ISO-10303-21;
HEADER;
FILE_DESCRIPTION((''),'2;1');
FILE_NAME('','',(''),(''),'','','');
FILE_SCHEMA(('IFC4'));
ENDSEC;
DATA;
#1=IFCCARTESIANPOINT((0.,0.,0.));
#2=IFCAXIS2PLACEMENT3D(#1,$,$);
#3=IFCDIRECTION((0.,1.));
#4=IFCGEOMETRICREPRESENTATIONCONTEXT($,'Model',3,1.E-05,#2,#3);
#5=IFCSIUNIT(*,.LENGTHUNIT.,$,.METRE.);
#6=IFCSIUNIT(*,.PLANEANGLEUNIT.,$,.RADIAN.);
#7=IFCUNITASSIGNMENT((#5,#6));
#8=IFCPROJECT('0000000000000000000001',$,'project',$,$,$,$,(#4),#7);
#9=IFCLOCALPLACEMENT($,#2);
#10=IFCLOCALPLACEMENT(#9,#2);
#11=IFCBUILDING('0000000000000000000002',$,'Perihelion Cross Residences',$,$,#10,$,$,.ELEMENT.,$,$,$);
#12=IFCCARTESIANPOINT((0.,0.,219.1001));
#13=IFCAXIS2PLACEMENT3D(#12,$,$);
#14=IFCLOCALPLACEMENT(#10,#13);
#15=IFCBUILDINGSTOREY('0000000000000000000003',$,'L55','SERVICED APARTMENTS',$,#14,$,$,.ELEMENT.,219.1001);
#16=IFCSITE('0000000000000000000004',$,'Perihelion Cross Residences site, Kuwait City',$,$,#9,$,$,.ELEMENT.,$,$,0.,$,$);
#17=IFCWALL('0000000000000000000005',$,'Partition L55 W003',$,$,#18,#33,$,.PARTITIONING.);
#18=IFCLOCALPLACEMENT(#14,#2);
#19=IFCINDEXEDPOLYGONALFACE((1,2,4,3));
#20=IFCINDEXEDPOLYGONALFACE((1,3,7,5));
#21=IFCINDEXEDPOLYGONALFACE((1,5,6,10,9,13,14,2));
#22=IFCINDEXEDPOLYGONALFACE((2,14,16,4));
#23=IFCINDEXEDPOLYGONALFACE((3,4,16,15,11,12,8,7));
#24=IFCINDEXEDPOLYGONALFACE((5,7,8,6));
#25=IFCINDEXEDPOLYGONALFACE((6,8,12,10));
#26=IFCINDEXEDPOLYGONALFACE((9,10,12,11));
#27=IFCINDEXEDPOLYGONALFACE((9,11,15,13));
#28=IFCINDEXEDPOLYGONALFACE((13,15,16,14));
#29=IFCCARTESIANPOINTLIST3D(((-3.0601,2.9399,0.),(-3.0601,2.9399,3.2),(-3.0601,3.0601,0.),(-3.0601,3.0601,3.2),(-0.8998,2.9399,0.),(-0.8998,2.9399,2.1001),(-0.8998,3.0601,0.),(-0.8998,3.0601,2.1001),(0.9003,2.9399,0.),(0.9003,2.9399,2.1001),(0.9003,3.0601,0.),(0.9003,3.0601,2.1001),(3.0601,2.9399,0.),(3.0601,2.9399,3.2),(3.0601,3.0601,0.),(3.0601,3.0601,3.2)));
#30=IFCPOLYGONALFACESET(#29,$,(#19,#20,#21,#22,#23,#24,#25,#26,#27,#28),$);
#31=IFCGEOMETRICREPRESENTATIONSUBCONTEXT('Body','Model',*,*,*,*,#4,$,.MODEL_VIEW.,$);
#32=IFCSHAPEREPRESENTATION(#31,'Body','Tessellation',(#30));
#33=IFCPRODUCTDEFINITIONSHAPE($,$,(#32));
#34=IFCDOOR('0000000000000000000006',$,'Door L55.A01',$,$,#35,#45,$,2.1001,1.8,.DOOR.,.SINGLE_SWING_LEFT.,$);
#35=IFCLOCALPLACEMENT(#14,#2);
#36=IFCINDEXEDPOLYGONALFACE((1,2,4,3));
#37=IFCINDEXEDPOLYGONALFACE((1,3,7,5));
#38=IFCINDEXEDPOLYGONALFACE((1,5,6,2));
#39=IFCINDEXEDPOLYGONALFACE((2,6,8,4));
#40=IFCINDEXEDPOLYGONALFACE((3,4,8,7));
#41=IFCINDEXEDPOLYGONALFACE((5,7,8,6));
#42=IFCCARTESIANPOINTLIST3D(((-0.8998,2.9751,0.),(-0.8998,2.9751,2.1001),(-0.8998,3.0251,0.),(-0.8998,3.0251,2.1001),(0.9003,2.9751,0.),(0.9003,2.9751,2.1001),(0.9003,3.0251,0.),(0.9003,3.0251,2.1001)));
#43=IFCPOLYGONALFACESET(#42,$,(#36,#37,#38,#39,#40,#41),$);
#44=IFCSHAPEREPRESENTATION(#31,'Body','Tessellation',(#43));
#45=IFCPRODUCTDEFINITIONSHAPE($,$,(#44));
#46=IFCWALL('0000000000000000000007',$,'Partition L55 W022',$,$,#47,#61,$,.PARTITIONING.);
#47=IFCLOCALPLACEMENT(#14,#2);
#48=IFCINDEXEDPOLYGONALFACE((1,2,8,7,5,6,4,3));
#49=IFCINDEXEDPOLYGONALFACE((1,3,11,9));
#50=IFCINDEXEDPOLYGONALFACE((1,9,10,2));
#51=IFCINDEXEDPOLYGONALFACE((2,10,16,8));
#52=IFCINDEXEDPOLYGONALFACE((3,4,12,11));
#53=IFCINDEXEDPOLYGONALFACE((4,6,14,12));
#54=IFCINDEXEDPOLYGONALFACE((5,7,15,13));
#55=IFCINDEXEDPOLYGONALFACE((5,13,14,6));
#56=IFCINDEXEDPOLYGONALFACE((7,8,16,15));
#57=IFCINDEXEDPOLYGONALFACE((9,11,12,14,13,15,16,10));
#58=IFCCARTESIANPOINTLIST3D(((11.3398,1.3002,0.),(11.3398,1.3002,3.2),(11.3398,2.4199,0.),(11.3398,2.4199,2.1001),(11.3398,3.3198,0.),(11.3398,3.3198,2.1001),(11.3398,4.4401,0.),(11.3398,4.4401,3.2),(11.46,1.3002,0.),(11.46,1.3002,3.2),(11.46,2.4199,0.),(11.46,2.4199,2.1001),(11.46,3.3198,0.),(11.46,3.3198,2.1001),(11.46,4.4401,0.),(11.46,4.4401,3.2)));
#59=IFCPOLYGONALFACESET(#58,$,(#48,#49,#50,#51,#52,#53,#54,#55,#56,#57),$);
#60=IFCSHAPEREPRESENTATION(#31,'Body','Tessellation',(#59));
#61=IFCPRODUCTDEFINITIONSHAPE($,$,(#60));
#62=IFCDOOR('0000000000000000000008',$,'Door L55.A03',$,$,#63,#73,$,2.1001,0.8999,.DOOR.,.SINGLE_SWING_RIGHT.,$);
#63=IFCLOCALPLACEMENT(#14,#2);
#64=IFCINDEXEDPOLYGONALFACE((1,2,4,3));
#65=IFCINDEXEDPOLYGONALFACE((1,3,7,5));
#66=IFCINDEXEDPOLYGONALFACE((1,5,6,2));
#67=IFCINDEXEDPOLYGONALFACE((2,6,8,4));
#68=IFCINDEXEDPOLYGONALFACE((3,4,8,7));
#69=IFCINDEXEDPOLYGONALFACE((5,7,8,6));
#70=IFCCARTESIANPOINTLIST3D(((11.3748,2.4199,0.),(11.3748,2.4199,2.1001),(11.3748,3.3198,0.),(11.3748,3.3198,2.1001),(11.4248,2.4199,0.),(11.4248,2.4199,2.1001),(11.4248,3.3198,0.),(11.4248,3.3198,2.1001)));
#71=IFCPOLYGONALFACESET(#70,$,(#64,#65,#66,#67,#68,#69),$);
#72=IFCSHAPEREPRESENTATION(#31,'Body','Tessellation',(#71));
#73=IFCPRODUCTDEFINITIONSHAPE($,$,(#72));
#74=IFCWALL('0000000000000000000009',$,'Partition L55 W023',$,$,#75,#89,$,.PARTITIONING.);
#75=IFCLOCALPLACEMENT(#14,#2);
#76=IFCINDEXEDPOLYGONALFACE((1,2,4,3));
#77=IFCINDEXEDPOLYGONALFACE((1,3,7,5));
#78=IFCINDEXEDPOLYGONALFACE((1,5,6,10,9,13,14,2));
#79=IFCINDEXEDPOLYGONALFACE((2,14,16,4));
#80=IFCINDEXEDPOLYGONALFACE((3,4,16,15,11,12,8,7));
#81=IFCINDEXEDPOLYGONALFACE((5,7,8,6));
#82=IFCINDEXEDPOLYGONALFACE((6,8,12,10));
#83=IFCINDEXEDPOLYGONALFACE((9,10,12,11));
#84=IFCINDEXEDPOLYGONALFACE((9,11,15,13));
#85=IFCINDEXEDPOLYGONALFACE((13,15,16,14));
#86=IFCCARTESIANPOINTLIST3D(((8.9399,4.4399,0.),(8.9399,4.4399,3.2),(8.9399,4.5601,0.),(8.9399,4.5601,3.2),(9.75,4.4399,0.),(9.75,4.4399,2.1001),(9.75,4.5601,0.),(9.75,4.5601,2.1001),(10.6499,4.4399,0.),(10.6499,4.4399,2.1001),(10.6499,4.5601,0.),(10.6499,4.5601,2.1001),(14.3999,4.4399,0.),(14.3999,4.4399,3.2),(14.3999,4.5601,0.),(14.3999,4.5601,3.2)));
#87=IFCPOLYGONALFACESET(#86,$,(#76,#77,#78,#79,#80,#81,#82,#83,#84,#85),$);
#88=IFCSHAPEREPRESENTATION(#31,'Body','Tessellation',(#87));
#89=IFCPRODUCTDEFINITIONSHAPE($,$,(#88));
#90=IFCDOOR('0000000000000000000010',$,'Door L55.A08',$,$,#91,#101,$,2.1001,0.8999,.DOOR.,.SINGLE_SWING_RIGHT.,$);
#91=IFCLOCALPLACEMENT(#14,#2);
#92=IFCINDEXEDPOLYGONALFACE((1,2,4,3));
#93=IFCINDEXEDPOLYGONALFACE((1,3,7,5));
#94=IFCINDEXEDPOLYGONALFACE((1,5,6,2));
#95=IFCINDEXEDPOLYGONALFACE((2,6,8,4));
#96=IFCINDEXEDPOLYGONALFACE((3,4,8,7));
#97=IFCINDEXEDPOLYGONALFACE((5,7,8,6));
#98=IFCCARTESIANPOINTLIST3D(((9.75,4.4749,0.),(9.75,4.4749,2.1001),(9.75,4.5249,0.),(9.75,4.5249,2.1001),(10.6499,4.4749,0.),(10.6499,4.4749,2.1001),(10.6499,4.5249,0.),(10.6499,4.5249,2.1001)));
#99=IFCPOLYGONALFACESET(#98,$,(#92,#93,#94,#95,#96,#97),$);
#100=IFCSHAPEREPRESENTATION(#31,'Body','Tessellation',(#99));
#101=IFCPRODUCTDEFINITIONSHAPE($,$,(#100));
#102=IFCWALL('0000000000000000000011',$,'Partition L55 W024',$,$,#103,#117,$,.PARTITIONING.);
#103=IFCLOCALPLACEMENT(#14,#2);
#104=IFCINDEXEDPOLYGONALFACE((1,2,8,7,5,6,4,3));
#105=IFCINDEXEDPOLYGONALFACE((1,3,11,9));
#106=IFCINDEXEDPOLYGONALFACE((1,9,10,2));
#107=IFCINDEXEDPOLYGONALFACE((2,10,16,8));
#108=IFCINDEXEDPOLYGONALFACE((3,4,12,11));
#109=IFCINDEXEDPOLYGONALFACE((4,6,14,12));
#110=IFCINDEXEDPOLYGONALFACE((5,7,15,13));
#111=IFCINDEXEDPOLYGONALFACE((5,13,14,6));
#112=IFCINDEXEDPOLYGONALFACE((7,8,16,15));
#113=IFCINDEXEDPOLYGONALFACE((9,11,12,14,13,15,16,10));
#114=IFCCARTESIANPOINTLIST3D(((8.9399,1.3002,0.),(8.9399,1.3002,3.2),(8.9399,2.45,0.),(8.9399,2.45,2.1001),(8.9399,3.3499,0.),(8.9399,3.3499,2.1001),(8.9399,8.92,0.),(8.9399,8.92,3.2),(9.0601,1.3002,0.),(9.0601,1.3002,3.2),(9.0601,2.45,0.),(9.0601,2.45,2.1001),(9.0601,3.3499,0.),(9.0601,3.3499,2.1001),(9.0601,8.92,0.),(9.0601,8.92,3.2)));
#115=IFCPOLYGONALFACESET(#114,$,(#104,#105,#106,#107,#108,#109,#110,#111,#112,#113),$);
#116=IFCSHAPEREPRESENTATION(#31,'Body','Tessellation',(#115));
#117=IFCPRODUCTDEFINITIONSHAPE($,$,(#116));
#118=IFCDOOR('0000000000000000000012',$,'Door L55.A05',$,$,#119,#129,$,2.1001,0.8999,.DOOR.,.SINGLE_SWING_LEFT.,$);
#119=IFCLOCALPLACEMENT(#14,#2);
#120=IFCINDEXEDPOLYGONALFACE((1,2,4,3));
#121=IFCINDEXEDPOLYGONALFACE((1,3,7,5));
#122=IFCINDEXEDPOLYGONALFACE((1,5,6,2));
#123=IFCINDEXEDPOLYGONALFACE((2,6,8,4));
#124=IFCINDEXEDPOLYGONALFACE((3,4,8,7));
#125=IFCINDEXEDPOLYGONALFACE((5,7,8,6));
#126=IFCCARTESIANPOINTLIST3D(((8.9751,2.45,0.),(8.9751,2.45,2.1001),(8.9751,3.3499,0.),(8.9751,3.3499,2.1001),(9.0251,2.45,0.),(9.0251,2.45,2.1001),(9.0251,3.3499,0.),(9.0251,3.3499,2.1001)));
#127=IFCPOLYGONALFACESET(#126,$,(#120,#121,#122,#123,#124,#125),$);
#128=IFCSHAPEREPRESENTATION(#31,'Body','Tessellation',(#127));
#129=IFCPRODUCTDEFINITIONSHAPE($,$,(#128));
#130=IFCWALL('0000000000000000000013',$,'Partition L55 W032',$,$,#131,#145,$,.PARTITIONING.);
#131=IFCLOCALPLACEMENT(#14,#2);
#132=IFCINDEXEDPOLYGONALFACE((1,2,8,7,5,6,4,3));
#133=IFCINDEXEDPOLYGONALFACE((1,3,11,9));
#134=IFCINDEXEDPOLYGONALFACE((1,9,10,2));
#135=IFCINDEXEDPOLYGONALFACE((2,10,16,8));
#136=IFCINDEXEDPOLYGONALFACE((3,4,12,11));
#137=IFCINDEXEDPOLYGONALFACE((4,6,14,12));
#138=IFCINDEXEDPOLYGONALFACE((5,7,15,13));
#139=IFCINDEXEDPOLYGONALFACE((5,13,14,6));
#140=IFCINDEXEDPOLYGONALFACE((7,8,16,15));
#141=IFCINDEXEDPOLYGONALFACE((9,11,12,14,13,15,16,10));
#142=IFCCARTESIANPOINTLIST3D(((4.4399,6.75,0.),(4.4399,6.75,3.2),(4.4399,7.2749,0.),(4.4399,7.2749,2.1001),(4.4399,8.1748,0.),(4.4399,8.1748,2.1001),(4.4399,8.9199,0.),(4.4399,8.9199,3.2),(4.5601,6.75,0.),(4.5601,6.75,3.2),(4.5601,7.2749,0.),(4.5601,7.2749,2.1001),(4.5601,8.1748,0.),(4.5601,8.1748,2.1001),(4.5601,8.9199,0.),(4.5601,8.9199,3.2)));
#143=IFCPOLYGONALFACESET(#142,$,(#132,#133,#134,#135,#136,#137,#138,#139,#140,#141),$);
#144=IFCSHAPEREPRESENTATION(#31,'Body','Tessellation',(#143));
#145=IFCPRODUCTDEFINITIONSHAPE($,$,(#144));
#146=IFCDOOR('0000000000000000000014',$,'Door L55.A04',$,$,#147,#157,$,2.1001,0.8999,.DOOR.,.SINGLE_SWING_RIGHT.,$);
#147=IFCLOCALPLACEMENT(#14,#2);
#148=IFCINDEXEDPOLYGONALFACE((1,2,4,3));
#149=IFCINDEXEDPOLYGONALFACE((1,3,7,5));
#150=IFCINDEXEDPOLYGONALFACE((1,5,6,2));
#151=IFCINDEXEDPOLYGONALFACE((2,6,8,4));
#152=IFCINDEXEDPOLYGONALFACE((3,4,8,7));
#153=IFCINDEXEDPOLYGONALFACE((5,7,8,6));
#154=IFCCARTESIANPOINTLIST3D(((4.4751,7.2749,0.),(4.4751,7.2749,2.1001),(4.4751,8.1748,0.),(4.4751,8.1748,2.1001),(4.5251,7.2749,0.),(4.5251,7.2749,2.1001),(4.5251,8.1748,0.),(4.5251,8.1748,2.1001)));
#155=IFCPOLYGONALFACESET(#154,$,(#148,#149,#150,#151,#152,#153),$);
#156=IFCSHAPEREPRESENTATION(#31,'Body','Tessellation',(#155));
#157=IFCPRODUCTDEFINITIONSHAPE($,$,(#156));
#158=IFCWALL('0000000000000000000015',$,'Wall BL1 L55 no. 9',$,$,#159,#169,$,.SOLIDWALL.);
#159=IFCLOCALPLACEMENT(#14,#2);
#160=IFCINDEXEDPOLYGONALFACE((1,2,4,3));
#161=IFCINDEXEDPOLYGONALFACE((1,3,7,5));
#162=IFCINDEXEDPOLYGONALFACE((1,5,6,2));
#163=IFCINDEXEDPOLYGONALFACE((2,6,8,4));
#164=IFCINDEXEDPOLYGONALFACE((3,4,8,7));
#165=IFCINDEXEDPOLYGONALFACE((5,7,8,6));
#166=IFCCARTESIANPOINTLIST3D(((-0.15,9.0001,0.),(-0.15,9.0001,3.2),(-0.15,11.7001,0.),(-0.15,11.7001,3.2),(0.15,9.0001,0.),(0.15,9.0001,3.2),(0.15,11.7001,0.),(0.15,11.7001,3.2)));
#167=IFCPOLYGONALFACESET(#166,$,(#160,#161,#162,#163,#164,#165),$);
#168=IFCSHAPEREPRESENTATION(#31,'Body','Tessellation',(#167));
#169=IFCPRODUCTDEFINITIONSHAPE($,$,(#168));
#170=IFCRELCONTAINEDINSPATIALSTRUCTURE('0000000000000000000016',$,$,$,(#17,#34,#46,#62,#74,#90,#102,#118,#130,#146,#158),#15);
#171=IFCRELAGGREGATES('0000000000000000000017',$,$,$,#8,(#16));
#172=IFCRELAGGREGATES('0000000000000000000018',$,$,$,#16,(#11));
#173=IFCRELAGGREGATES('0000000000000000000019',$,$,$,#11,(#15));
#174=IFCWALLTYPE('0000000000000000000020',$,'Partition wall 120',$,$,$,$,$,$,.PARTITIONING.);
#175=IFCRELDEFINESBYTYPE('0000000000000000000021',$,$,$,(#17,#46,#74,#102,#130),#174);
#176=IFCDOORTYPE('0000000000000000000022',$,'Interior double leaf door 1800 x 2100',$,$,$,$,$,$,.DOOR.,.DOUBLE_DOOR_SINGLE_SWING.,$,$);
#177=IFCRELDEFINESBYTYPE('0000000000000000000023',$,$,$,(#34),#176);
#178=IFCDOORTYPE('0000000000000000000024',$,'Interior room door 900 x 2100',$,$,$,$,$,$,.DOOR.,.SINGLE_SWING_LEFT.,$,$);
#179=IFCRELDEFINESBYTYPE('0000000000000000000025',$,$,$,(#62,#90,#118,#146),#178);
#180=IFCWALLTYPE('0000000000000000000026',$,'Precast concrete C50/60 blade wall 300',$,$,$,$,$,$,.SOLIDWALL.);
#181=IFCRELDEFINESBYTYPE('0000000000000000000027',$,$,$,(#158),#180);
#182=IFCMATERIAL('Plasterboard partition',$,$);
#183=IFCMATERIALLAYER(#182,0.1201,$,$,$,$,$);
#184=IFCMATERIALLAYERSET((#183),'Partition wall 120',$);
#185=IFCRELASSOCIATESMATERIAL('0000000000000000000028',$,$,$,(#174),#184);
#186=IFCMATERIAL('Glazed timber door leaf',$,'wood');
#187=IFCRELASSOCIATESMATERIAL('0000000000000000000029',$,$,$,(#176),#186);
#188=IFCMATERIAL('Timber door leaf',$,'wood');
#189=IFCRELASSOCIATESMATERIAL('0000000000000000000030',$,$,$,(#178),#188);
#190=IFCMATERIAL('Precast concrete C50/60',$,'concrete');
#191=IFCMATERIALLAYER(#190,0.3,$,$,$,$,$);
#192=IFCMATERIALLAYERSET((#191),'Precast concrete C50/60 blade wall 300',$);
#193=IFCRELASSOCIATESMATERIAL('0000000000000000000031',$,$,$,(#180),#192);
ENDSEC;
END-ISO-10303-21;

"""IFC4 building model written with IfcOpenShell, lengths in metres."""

from ifc_helpers import new_model, si_unit, direction, frame, frame_2d, origin, place, context, subcontext, project, spatial, rectangle, extrude, material, layer, layer_set, type_object, element, fill, save


model = new_model("IFC4")

# Units and contexts
model_context = context("Model", 3, precision=1e-05, world=origin(), true_north=direction((0.0, 1.0)))
body_context = subcontext(model_context, "Body", "Model", "MODEL_VIEW")
ifc_project = project(units=[si_unit("LENGTHUNIT", "METRE"), si_unit("PLANEANGLEUNIT", "RADIAN")], contexts=[model_context])

# Site, building, storey
site_placement = place(None, origin())
site = spatial("IfcSite", under=ifc_project, at=site_placement, Name="Perihelion Cross Residences site, Kuwait City", CompositionType="ELEMENT", RefElevation=0.0)
building_placement = place(site_placement, origin())
building = spatial("IfcBuilding", under=site, at=building_placement, Name="Perihelion Cross Residences", CompositionType="ELEMENT")
storey_placement = place(building_placement, frame((0.0, 0.0, 219.1001)))
storey = spatial("IfcBuildingStorey", under=building, at=storey_placement, Name="L55", Description="SERVICED APARTMENTS", CompositionType="ELEMENT", Elevation=219.1001)

# Walls, openings, doors
ifc_material_1 = material(Name="Plasterboard partition")
ifc_layer_1 = layer(ifc_material_1, 0.1201)
ifc_layer_set_1 = layer_set([ifc_layer_1], Name="Partition wall 120")
wall_type_1 = type_object("IfcWallType", Name="Partition wall 120", PredefinedType="PARTITIONING", material=ifc_layer_set_1)
wall_1_placement = place(storey_placement, frame((3.0601, 3.0, 0.0), z_axis=(0.0, 0.0, 1.0), x_axis=(-1.0, 0.0, 0.0)))
wall_1 = element("IfcWall", 1, at=wall_1_placement, inside=storey, type_object=wall_type_1, Name="Partition L55 W003", PredefinedType="PARTITIONING", context=body_context, shape_type="SweptSolid", body=[
    extrude(rectangle(XDim=6.1201, YDim=0.1201, at=frame_2d((3.0601, 0.0))), origin(), (0.0, 0.0, 1.0), 3.2),
])
opening_1_placement = place(wall_1_placement, frame((2.1599, 0.0, 0.0)))
opening_1 = element("IfcOpeningElement", 2, at=opening_1_placement, cuts=wall_1, PredefinedType="OPENING", context=body_context, shape_type="SweptSolid", body=[
    extrude(rectangle(XDim=1.8, YDim=2.1001, at=frame_2d((0.8999, 1.05))), frame((0.0, 0.0701, 0.0), z_axis=(0.0, -1.0, 0.0), x_axis=(1.0, 0.0, 0.0)), (0.0, 0.0, 1.0), 0.1401),
])
ifc_material_2 = material(Name="Glazed timber door leaf", Category="wood")
door_type_1 = type_object("IfcDoorType", Name="Interior double leaf door 1800 x 2100", OperationType="DOUBLE_DOOR_SINGLE_SWING", PredefinedType="DOOR", material=ifc_material_2)
door_1_placement = place(opening_1_placement, origin())
door_1 = element("IfcDoor", 3, at=door_1_placement, inside=storey, type_object=door_type_1, Name="Door L55.A01", OperationType="SINGLE_SWING_LEFT", OverallHeight=2.1001, OverallWidth=1.8, PredefinedType="DOOR", context=body_context, shape_type="SweptSolid", body=[
    extrude(rectangle(XDim=1.8, YDim=2.1001, at=frame_2d((0.8999, 1.05))), frame((0.0, 0.0249, 0.0), z_axis=(0.0, -1.0, 0.0), x_axis=(1.0, 0.0, 0.0)), (0.0, 0.0, 1.0), 0.05),
])
fill(opening_1, door_1)
wall_2_placement = place(storey_placement, frame((11.3999, 4.4399, 0.0), z_axis=(0.0, 0.0, 1.0), x_axis=(0.0, -1.0, 0.0)))
wall_2 = element("IfcWall", 4, at=wall_2_placement, inside=storey, type_object=wall_type_1, Name="Partition L55 W022", PredefinedType="PARTITIONING", context=body_context, shape_type="SweptSolid", body=[
    extrude(rectangle(XDim=3.1399, YDim=0.1201, at=frame_2d((1.5698, 0.0))), origin(), (0.0, 0.0, 1.0), 3.2),
])
opening_2_placement = place(wall_2_placement, frame((1.1201, 0.0, 0.0)))
opening_2 = element("IfcOpeningElement", 5, at=opening_2_placement, cuts=wall_2, PredefinedType="OPENING", context=body_context, shape_type="SweptSolid", body=[
    extrude(rectangle(XDim=0.8999, YDim=2.1001, at=frame_2d((0.45, 1.05))), frame((0.0, 0.0701, 0.0), z_axis=(0.0, -1.0, 0.0), x_axis=(1.0, 0.0, 0.0)), (0.0, 0.0, 1.0), 0.1401),
])
ifc_material_3 = material(Name="Timber door leaf", Category="wood")
door_type_2 = type_object("IfcDoorType", Name="Interior room door 900 x 2100", OperationType="SINGLE_SWING_LEFT", PredefinedType="DOOR", material=ifc_material_3)
door_2_placement = place(opening_2_placement, origin())
door_2 = element("IfcDoor", 6, at=door_2_placement, inside=storey, type_object=door_type_2, Name="Door L55.A03", OperationType="SINGLE_SWING_RIGHT", OverallHeight=2.1001, OverallWidth=0.8999, PredefinedType="DOOR", context=body_context, shape_type="SweptSolid", body=[
    extrude(rectangle(XDim=0.8999, YDim=2.1001, at=frame_2d((0.45, 1.05))), frame((0.0, 0.0249, 0.0), z_axis=(0.0, -1.0, 0.0), x_axis=(1.0, 0.0, 0.0)), (0.0, 0.0, 1.0), 0.05),
])
fill(opening_2, door_2)
wall_3_placement = place(storey_placement, frame((8.9399, 4.5, 0.0), z_axis=(0.0, 0.0, 1.0), x_axis=(1.0, 0.0, 0.0)))
wall_3 = element("IfcWall", 7, at=wall_3_placement, inside=storey, type_object=wall_type_1, Name="Partition L55 W023", PredefinedType="PARTITIONING", context=body_context, shape_type="SweptSolid", body=[
    extrude(rectangle(XDim=5.46, YDim=0.1201, at=frame_2d((2.73, 0.0))), origin(), (0.0, 0.0, 1.0), 3.2),
])
opening_3_placement = place(wall_3_placement, frame((0.8101, 0.0, 0.0)))
opening_3 = element("IfcOpeningElement", 8, at=opening_3_placement, cuts=wall_3, PredefinedType="OPENING", context=body_context, shape_type="SweptSolid", body=[
    extrude(rectangle(XDim=0.8999, YDim=2.1001, at=frame_2d((0.45, 1.05))), frame((0.0, 0.0701, 0.0), z_axis=(0.0, -1.0, 0.0), x_axis=(1.0, 0.0, 0.0)), (0.0, 0.0, 1.0), 0.1401),
])
door_3_placement = place(opening_3_placement, origin())
door_3 = element("IfcDoor", 9, at=door_3_placement, inside=storey, type_object=door_type_2, Name="Door L55.A08", OperationType="SINGLE_SWING_RIGHT", OverallHeight=2.1001, OverallWidth=0.8999, PredefinedType="DOOR", context=body_context, shape_type="SweptSolid", body=[
    extrude(rectangle(XDim=0.8999, YDim=2.1001, at=frame_2d((0.45, 1.05))), frame((0.0, 0.0249, 0.0), z_axis=(0.0, -1.0, 0.0), x_axis=(1.0, 0.0, 0.0)), (0.0, 0.0, 1.0), 0.05),
])
fill(opening_3, door_3)
wall_4_placement = place(storey_placement, frame((9.0, 1.3, 0.0), z_axis=(0.0, 0.0, 1.0), x_axis=(0.0, 1.0, 0.0)))
wall_4 = element("IfcWall", 10, at=wall_4_placement, inside=storey, type_object=wall_type_1, Name="Partition L55 W024", PredefinedType="PARTITIONING", context=body_context, shape_type="SweptSolid", body=[
    extrude(rectangle(XDim=7.6199, YDim=0.1201, at=frame_2d((3.8101, 0.0))), origin(), (0.0, 0.0, 1.0), 3.2),
])
opening_4_placement = place(wall_4_placement, frame((1.1499, 0.0, 0.0)))
opening_4 = element("IfcOpeningElement", 11, at=opening_4_placement, cuts=wall_4, PredefinedType="OPENING", context=body_context, shape_type="SweptSolid", body=[
    extrude(rectangle(XDim=0.8999, YDim=2.1001, at=frame_2d((0.45, 1.05))), frame((0.0, 0.0701, 0.0), z_axis=(0.0, -1.0, 0.0), x_axis=(1.0, 0.0, 0.0)), (0.0, 0.0, 1.0), 0.1401),
])
door_4_placement = place(opening_4_placement, origin())
door_4 = element("IfcDoor", 12, at=door_4_placement, inside=storey, type_object=door_type_2, Name="Door L55.A05", OperationType="SINGLE_SWING_LEFT", OverallHeight=2.1001, OverallWidth=0.8999, PredefinedType="DOOR", context=body_context, shape_type="SweptSolid", body=[
    extrude(rectangle(XDim=0.8999, YDim=2.1001, at=frame_2d((0.45, 1.05))), frame((0.0, 0.0249, 0.0), z_axis=(0.0, -1.0, 0.0), x_axis=(1.0, 0.0, 0.0)), (0.0, 0.0, 1.0), 0.05),
])
fill(opening_4, door_4)
wall_5_placement = place(storey_placement, frame((4.5, 6.75, 0.0), z_axis=(0.0, 0.0, 1.0), x_axis=(0.0, 1.0, 0.0)))
wall_5 = element("IfcWall", 13, at=wall_5_placement, inside=storey, type_object=wall_type_1, Name="Partition L55 W032", PredefinedType="PARTITIONING", context=body_context, shape_type="SweptSolid", body=[
    extrude(rectangle(XDim=2.1699, YDim=0.1201, at=frame_2d((1.085, 0.0))), origin(), (0.0, 0.0, 1.0), 3.2),
])
opening_5_placement = place(wall_5_placement, frame((0.5249, 0.0, 0.0)))
opening_5 = element("IfcOpeningElement", 14, at=opening_5_placement, cuts=wall_5, PredefinedType="OPENING", context=body_context, shape_type="SweptSolid", body=[
    extrude(rectangle(XDim=0.8999, YDim=2.1001, at=frame_2d((0.45, 1.05))), frame((0.0, 0.0701, 0.0), z_axis=(0.0, -1.0, 0.0), x_axis=(1.0, 0.0, 0.0)), (0.0, 0.0, 1.0), 0.1401),
])
door_5_placement = place(opening_5_placement, origin())
door_5 = element("IfcDoor", 15, at=door_5_placement, inside=storey, type_object=door_type_2, Name="Door L55.A04", OperationType="SINGLE_SWING_RIGHT", OverallHeight=2.1001, OverallWidth=0.8999, PredefinedType="DOOR", context=body_context, shape_type="SweptSolid", body=[
    extrude(rectangle(XDim=0.8999, YDim=2.1001, at=frame_2d((0.45, 1.05))), frame((0.0, 0.0249, 0.0), z_axis=(0.0, -1.0, 0.0), x_axis=(1.0, 0.0, 0.0)), (0.0, 0.0, 1.0), 0.05),
])
fill(opening_5, door_5)

# Wall
ifc_material_4 = material(Name="Precast concrete C50/60", Category="concrete")
ifc_layer_2 = layer(ifc_material_4, 0.3)
ifc_layer_set_2 = layer_set([ifc_layer_2], Name="Precast concrete C50/60 blade wall 300")
wall_type_2 = type_object("IfcWallType", Name="Precast concrete C50/60 blade wall 300", PredefinedType="SOLIDWALL", material=ifc_layer_set_2)
for number, where, z_axis, x_axis, name in (
    (16, (0.0, 9.0, 0.0), (0.0, 0.0, 1.0), (0.0, 1.0, 0.0), "Wall BL1 L55 no. 9"),
):
    element("IfcWall", number, at=place(storey_placement, frame(where, z_axis=z_axis, x_axis=x_axis)), inside=storey, type_object=wall_type_2, Name=name, PredefinedType="SOLIDWALL", context=body_context, shape_type="SweptSolid", body=[
        extrude(rectangle(XDim=2.7, YDim=0.3, at=frame_2d((1.3501, 0.0))), origin(), (0.0, 0.0, 1.0), 3.2),
    ])

save(model, "model.ifc")
